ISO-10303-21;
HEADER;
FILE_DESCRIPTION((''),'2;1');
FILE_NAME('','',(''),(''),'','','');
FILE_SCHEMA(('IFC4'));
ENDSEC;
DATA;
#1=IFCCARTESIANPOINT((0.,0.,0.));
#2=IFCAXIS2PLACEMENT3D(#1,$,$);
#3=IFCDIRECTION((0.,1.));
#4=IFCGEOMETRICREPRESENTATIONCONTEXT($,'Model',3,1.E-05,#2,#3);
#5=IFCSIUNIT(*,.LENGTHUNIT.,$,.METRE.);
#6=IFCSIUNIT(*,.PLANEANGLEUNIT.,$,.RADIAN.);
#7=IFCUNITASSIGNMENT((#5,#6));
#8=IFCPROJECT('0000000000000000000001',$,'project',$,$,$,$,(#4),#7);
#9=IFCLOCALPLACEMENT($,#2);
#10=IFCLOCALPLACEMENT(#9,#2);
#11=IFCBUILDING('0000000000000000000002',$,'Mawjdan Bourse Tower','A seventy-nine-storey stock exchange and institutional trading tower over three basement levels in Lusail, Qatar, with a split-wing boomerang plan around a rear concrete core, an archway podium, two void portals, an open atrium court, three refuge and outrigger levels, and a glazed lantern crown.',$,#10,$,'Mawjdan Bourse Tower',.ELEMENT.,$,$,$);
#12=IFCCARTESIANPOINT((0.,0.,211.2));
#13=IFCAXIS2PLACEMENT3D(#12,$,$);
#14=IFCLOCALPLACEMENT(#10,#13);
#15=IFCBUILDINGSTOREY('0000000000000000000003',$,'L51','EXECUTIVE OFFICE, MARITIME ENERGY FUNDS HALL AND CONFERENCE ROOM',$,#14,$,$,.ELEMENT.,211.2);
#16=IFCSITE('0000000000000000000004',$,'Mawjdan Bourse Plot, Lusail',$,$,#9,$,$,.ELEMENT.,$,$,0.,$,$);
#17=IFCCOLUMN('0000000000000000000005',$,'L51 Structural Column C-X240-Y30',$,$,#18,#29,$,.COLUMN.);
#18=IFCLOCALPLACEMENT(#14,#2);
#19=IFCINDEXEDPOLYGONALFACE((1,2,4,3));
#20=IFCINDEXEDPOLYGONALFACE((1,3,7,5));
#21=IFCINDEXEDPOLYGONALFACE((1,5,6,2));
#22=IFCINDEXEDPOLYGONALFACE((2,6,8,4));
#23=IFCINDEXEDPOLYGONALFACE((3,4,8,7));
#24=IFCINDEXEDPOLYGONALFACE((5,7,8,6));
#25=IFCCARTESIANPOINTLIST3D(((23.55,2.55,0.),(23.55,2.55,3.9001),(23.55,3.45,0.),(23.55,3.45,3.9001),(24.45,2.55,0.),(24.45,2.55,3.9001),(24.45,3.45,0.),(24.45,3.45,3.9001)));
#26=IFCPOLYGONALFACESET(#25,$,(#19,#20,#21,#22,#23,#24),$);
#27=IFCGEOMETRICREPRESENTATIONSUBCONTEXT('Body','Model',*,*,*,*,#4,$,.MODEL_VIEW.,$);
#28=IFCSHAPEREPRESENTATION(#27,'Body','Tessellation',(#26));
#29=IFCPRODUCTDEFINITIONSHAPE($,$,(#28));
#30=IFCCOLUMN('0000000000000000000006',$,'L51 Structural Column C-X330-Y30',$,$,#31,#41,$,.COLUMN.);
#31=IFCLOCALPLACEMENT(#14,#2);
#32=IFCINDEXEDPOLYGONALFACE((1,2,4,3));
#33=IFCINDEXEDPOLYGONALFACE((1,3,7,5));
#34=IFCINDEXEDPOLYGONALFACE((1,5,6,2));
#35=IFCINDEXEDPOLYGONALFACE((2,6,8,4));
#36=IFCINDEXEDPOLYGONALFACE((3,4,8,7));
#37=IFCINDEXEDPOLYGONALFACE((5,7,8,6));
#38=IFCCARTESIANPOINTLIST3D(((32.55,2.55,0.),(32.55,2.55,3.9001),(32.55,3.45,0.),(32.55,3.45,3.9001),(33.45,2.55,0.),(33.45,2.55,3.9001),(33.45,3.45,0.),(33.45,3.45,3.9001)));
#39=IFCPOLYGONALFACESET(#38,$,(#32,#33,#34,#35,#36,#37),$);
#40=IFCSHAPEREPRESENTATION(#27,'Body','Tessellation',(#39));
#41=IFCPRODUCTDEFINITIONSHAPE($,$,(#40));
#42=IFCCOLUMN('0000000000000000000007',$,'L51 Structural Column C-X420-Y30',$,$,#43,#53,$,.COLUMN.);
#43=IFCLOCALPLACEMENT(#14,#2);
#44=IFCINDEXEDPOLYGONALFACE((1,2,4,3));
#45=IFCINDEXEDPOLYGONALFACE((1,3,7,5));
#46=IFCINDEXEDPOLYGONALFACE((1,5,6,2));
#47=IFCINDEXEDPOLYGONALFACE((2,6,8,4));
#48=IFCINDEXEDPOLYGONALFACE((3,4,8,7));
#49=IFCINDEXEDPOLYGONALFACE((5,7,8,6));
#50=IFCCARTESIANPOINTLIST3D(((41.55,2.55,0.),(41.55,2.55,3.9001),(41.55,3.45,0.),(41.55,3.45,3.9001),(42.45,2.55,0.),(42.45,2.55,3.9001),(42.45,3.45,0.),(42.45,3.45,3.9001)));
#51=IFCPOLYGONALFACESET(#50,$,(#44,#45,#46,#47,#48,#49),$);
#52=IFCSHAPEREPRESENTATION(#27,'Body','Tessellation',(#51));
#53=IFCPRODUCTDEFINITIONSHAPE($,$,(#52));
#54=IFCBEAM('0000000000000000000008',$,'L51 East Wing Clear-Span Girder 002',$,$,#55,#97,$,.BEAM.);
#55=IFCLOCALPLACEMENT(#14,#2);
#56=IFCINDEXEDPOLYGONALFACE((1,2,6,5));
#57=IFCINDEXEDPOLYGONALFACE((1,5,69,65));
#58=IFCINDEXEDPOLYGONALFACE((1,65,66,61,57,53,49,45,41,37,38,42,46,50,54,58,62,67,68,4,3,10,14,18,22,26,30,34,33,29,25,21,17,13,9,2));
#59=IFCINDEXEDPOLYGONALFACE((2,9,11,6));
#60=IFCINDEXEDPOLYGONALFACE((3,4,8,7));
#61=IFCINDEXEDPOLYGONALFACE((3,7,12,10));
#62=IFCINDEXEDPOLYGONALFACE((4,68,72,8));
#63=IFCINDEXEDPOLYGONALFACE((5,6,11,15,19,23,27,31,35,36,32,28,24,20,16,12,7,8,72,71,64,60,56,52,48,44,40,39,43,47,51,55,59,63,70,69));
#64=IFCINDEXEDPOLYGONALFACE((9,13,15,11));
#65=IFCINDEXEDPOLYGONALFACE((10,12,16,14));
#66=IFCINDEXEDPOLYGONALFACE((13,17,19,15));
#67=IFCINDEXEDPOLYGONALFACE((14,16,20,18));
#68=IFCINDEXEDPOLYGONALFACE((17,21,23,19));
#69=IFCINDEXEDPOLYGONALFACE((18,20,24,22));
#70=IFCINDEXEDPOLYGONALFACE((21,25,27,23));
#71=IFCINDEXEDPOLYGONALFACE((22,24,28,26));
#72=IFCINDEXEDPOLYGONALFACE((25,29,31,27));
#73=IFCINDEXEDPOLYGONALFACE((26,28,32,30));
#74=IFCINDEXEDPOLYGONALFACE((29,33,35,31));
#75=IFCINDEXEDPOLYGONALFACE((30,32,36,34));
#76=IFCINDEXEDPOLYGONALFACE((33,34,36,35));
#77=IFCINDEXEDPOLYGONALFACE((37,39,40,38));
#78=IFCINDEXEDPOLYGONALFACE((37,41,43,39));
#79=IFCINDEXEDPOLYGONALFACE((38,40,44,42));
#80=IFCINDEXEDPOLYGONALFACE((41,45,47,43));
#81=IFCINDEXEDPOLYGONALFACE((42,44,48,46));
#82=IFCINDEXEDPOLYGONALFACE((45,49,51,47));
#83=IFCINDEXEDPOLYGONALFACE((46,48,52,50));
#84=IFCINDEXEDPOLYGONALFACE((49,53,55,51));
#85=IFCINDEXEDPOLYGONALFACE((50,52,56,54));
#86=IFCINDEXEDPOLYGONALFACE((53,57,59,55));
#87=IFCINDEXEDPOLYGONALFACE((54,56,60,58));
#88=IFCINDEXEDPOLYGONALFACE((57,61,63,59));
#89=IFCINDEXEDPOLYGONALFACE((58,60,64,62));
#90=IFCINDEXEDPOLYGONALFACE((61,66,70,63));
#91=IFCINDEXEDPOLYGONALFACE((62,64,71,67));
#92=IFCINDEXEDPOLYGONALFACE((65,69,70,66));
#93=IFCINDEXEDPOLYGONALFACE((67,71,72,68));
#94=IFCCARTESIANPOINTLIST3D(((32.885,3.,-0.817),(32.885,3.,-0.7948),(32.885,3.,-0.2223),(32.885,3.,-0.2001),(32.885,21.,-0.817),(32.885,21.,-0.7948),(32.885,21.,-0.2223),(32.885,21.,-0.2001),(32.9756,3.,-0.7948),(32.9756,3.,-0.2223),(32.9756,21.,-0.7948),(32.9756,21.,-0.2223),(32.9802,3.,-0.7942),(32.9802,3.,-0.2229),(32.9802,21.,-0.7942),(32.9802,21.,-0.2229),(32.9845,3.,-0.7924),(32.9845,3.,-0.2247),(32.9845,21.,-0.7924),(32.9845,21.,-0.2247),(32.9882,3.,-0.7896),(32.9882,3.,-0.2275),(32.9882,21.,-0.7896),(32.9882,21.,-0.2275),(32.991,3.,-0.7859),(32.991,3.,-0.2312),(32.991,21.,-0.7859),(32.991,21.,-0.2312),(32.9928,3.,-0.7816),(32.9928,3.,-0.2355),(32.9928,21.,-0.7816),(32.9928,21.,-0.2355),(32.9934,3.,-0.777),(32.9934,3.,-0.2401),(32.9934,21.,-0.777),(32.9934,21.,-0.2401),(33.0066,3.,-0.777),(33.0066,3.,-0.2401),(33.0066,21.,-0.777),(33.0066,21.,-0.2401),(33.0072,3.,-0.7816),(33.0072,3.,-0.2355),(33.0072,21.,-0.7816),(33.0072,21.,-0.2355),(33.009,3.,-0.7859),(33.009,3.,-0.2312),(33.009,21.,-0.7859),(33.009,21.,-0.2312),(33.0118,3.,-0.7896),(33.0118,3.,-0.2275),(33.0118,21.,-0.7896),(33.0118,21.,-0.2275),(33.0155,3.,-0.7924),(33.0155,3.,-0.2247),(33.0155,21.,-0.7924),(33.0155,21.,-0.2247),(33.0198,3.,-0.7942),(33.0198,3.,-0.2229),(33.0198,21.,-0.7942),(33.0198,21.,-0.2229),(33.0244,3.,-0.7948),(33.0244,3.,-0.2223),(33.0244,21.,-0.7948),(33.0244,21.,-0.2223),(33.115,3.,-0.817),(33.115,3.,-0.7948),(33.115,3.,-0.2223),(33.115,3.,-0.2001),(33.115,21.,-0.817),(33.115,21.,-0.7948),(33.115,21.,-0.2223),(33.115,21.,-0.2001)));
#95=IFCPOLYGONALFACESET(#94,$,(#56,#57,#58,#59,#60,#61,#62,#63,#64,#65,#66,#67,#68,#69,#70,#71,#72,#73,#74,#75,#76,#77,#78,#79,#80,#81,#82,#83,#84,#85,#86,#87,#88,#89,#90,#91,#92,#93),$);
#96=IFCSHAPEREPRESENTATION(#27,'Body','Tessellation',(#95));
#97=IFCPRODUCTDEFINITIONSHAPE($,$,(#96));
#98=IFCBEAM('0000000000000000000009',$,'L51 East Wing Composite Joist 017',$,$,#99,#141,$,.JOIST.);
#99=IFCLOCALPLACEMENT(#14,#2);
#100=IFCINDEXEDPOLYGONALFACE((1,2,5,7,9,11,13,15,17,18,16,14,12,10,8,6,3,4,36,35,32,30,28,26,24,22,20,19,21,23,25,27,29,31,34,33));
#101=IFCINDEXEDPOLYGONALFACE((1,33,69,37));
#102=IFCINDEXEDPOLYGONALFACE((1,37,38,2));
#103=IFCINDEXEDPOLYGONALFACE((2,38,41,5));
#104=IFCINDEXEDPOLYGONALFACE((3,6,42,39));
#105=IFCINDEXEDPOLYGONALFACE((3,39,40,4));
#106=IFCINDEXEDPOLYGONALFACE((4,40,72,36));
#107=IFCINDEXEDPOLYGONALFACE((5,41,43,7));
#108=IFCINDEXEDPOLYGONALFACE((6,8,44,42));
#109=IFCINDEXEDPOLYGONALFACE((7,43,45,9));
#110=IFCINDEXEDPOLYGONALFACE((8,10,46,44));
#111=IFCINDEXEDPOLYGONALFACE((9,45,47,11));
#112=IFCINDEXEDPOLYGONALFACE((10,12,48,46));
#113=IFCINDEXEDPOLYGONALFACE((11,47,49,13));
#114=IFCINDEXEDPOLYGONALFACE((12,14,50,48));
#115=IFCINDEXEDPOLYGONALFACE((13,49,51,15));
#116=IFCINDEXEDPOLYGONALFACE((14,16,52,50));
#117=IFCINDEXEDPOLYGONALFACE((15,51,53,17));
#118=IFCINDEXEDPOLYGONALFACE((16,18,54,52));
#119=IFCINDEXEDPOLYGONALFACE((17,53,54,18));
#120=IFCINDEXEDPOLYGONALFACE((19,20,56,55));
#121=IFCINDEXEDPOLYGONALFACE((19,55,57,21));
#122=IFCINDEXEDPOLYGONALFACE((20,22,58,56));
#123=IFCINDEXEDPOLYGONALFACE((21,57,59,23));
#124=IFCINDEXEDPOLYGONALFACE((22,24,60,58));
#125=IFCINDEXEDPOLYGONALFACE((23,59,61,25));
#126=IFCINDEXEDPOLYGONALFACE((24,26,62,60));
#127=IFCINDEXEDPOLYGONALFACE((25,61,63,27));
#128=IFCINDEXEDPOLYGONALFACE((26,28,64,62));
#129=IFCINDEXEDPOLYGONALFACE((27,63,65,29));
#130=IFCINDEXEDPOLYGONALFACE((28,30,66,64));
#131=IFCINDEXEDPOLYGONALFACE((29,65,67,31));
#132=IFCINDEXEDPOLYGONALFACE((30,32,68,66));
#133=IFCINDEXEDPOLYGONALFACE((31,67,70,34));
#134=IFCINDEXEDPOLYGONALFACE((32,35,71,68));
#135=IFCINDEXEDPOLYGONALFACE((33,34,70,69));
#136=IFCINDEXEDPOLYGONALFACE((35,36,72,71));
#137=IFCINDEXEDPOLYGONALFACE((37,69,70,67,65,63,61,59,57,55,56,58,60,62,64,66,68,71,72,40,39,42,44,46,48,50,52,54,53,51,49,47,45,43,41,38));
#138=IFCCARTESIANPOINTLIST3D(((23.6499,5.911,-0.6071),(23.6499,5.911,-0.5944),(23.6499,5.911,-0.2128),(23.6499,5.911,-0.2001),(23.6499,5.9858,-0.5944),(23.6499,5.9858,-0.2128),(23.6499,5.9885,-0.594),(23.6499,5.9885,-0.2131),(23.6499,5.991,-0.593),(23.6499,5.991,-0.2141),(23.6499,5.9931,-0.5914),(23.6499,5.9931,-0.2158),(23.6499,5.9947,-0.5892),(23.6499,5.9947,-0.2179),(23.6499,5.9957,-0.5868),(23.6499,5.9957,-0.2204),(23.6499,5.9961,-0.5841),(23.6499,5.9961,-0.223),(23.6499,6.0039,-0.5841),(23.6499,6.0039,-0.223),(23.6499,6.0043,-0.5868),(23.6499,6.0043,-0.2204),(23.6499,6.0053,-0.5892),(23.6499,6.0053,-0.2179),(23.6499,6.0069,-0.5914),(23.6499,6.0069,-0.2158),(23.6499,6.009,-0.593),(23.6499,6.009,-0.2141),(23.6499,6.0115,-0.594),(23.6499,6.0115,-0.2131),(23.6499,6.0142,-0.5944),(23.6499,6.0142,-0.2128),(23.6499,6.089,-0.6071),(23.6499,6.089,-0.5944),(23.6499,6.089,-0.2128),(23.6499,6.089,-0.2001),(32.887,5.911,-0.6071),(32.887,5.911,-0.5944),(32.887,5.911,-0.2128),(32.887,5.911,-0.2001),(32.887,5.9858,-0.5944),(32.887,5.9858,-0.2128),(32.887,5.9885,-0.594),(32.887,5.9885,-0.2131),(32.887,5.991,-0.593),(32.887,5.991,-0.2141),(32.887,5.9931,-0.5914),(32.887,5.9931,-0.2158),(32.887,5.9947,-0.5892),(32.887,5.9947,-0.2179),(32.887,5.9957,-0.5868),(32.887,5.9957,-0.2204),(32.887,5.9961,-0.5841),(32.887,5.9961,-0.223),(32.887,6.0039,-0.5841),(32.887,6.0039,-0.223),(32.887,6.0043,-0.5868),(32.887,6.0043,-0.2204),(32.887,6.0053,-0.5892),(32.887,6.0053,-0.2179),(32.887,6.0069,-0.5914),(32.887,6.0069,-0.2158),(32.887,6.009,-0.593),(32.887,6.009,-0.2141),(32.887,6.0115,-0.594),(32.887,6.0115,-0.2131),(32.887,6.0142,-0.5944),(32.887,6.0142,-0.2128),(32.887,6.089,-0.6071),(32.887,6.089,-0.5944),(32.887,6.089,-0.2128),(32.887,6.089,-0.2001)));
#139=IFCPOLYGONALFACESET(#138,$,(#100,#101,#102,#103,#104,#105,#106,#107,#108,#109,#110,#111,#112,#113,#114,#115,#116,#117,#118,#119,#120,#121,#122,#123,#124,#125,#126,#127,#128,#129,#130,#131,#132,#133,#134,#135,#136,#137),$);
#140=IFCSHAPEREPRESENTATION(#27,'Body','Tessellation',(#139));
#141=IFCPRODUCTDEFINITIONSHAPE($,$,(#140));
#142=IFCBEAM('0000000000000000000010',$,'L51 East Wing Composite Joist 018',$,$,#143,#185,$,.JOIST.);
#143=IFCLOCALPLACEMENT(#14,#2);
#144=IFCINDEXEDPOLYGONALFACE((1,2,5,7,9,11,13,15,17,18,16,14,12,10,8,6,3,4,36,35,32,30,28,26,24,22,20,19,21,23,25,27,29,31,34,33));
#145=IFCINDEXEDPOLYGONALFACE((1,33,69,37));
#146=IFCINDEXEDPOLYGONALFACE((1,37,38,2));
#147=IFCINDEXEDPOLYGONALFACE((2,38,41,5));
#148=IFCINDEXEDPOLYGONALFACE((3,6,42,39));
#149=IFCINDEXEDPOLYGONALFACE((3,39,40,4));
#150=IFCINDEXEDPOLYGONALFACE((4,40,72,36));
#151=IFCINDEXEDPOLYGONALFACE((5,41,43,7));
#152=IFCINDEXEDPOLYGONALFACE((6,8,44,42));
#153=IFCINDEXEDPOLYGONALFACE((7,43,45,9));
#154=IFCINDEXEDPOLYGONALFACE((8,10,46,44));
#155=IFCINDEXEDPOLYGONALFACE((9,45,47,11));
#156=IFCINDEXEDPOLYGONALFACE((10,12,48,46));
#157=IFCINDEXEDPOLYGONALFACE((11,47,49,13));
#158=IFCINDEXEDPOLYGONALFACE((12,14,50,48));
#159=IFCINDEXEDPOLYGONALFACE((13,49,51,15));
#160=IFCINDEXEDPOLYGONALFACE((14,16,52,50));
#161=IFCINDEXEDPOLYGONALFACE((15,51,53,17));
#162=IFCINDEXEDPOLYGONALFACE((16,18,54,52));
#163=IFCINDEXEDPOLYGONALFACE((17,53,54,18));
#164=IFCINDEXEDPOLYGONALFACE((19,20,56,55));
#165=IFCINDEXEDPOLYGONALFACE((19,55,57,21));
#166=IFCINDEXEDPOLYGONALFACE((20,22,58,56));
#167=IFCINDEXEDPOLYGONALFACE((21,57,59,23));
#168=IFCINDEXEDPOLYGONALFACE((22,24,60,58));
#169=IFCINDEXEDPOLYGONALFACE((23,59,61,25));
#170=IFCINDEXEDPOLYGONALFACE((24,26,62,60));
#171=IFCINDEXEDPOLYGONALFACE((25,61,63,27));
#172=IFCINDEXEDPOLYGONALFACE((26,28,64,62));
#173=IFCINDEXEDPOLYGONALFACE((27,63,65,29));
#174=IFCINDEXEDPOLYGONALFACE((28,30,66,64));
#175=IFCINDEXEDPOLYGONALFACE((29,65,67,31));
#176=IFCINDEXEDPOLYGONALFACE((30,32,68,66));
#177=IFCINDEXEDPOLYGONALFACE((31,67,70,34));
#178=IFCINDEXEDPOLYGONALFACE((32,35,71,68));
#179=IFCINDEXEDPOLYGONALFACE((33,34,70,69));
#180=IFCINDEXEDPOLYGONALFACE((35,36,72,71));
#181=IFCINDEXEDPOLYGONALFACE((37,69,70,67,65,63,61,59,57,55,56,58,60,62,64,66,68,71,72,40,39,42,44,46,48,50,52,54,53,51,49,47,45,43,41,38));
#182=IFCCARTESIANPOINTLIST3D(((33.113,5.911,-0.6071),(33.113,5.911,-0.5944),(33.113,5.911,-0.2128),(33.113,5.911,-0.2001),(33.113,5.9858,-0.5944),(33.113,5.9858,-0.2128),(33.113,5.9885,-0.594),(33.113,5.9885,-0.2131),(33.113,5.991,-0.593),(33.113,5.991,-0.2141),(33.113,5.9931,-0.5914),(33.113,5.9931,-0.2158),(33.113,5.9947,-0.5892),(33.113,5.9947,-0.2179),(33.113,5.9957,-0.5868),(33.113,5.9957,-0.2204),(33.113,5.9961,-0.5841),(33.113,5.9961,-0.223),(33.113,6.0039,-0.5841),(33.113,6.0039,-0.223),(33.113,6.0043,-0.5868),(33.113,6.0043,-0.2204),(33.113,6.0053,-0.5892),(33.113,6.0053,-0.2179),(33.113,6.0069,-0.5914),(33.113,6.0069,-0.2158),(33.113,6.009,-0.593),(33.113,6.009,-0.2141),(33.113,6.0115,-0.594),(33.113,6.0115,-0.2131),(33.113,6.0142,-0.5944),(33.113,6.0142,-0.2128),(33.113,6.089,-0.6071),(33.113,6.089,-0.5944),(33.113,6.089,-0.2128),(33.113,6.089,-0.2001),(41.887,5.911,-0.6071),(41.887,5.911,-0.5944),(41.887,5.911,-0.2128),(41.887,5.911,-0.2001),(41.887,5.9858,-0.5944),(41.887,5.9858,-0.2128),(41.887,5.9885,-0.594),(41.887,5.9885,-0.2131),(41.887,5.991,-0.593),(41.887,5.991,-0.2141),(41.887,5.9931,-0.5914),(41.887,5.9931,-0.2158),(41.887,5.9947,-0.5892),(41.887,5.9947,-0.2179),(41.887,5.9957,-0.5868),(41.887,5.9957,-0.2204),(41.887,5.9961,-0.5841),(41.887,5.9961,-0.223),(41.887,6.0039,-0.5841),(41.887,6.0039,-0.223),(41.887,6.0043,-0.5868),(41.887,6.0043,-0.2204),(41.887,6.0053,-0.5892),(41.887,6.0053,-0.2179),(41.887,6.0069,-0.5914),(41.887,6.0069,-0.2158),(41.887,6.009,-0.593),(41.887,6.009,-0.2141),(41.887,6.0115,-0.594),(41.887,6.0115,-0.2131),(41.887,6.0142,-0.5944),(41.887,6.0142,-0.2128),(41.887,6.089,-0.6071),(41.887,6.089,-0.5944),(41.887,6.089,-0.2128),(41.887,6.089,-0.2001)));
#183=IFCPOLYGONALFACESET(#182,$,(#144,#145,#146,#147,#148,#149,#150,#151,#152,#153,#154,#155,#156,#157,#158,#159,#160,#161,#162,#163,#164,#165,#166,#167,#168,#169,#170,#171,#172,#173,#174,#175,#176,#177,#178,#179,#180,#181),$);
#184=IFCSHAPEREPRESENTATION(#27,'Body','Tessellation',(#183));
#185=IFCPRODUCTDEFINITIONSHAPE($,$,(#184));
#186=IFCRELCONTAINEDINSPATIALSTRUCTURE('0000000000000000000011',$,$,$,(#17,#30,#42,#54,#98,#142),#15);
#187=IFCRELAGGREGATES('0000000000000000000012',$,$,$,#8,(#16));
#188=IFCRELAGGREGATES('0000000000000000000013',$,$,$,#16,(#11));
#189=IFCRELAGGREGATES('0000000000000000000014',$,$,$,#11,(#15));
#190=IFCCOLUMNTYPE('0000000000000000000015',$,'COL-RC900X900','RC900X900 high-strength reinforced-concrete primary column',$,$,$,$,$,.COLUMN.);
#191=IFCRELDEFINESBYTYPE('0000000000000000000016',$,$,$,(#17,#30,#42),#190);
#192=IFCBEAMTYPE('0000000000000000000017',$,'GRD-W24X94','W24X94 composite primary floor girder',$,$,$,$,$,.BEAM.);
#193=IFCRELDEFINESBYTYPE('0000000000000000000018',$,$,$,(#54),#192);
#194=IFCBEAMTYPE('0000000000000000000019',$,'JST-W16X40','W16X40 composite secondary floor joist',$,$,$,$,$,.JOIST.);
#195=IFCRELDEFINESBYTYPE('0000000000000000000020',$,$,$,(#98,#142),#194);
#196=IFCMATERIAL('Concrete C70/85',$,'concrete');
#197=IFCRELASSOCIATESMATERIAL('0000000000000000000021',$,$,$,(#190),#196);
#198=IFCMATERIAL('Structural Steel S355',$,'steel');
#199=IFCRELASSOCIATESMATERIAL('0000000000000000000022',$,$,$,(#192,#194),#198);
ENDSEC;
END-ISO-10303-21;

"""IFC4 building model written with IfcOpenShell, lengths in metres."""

from ifc_helpers import new_model, si_unit, direction, frame, origin, origin_2d, place, context, subcontext, project, spatial, rectangle, i_section, extrude, material, material_profile, profile_set, type_object, element, save


model = new_model("IFC4")

# Units and contexts
model_context = context("Model", 3, precision=1e-05, world=origin(), true_north=direction((0.0, 1.0)))
body_context = subcontext(model_context, "Body", "Model", "MODEL_VIEW")
ifc_project = project(units=[si_unit("LENGTHUNIT", "METRE"), si_unit("PLANEANGLEUNIT", "RADIAN")], contexts=[model_context])

# Site, building, storey
site_placement = place(None, origin())
site = spatial("IfcSite", under=ifc_project, at=site_placement, Name="Mawjdan Bourse Plot, Lusail", CompositionType="ELEMENT", RefElevation=0.0)
building_placement = place(site_placement, origin())
building = spatial("IfcBuilding", under=site, at=building_placement, Name="Mawjdan Bourse Tower", Description="A seventy-nine-storey stock exchange and institutional trading tower over three basement levels in Lusail, Qatar, with a split-wing boomerang plan around a rear concrete core, an archway podium, two void portals, an open atrium court, three refuge and outrigger levels, and a glazed lantern crown.", LongName="Mawjdan Bourse Tower", CompositionType="ELEMENT")
storey_placement = place(building_placement, frame((0.0, 0.0, 211.2)))
storey = spatial("IfcBuildingStorey", under=building, at=storey_placement, Name="L51", Description="EXECUTIVE OFFICE, MARITIME ENERGY FUNDS HALL AND CONFERENCE ROOM", CompositionType="ELEMENT", Elevation=211.2)

# Columns
ifc_material_1 = material(Name="Concrete C70/85", Category="concrete")
ifc_material_profile_1 = material_profile(ifc_material_1, rectangle(XDim=0.8999, YDim=0.8999, at=origin_2d()), Name="RC900X900")
ifc_profile_set_1 = profile_set([ifc_material_profile_1], Name="Concrete C70/85")
column_type = type_object("IfcColumnType", Name="COL-RC900X900", Description="RC900X900 high-strength reinforced-concrete primary column", PredefinedType="COLUMN", material=ifc_profile_set_1)
for number, where, z_axis, x_axis, name in (
    (1, (24.0, 3.0, 0.0), (0.0, 0.0, 1.0), (1.0, 0.0, 0.0), "L51 Structural Column C-X240-Y30"),
    (2, (33.0, 3.0, 0.0), (0.0, 0.0, 1.0), (1.0, 0.0, 0.0), "L51 Structural Column C-X330-Y30"),
    (3, (42.0, 3.0, 0.0), (0.0, 0.0, 1.0), (1.0, 0.0, 0.0), "L51 Structural Column C-X420-Y30"),
):
    element("IfcColumn", number, at=place(storey_placement, frame(where, z_axis=z_axis, x_axis=x_axis)), inside=storey, type_object=column_type, Name=name, PredefinedType="COLUMN", context=body_context, shape_type="SweptSolid", body=[
        extrude(rectangle(XDim=0.8999, YDim=0.8999, at=origin_2d()), origin(), (0.0, 0.0, 1.0), 3.9001),
    ])

# Beams
ifc_material_2 = material(Name="Structural Steel S355", Category="steel")
ifc_material_profile_2 = material_profile(ifc_material_2, i_section(OverallWidth=0.23, OverallDepth=0.6169, WebThickness=0.0132, FlangeThickness=0.0222, FilletRadius=0.0178, at=origin_2d()), Name="W24X94")
ifc_profile_set_2 = profile_set([ifc_material_profile_2], Name="Structural Steel S355")
beam_type_1 = type_object("IfcBeamType", Name="GRD-W24X94", Description="W24X94 composite primary floor girder", PredefinedType="BEAM", material=ifc_profile_set_2)
beam_1_placement = place(storey_placement, frame((33.0, 3.0, -0.5085), z_axis=(0.0, 1.0, 0.0), x_axis=(-1.0, 0.0, 0.0)))
element("IfcBeam", 4, at=beam_1_placement, inside=storey, type_object=beam_type_1, Name="L51 East Wing Clear-Span Girder 002", PredefinedType="BEAM", context=body_context, shape_type="SweptSolid", body=[
    extrude(i_section(OverallWidth=0.23, OverallDepth=0.6169, WebThickness=0.0132, FlangeThickness=0.0222, FilletRadius=0.0178, at=origin_2d()), origin(), (0.0, 0.0, 1.0), 18.0),
])
ifc_material_profile_3 = material_profile(ifc_material_2, i_section(OverallWidth=0.178, OverallDepth=0.407, WebThickness=0.0078, FlangeThickness=0.0127, FilletRadius=0.0103, at=origin_2d()), Name="W16X40")
ifc_profile_set_3 = profile_set([ifc_material_profile_3], Name="Structural Steel S355")
beam_type_2 = type_object("IfcBeamType", Name="JST-W16X40", Description="W16X40 composite secondary floor joist", PredefinedType="JOIST", material=ifc_profile_set_3)
beam_2_placement = place(storey_placement, frame((23.6499, 6.0, -0.4036), z_axis=(1.0, 0.0, 0.0), x_axis=(0.0, 1.0, 0.0)))
element("IfcBeam", 5, at=beam_2_placement, inside=storey, type_object=beam_type_2, Name="L51 East Wing Composite Joist 017", PredefinedType="JOIST", context=body_context, shape_type="SweptSolid", body=[
    extrude(i_section(OverallWidth=0.178, OverallDepth=0.407, WebThickness=0.0078, FlangeThickness=0.0127, FilletRadius=0.0103, at=origin_2d()), origin(), (0.0, 0.0, 1.0), 9.2371),
])
beam_3_placement = place(storey_placement, frame((33.113, 6.0, -0.4036), z_axis=(1.0, 0.0, 0.0), x_axis=(0.0, 1.0, 0.0)))
element("IfcBeam", 6, at=beam_3_placement, inside=storey, type_object=beam_type_2, Name="L51 East Wing Composite Joist 018", PredefinedType="JOIST", context=body_context, shape_type="SweptSolid", body=[
    extrude(i_section(OverallWidth=0.178, OverallDepth=0.407, WebThickness=0.0078, FlangeThickness=0.0127, FilletRadius=0.0103, at=origin_2d()), origin(), (0.0, 0.0, 1.0), 8.7739),
])

save(model, "model.ifc")
